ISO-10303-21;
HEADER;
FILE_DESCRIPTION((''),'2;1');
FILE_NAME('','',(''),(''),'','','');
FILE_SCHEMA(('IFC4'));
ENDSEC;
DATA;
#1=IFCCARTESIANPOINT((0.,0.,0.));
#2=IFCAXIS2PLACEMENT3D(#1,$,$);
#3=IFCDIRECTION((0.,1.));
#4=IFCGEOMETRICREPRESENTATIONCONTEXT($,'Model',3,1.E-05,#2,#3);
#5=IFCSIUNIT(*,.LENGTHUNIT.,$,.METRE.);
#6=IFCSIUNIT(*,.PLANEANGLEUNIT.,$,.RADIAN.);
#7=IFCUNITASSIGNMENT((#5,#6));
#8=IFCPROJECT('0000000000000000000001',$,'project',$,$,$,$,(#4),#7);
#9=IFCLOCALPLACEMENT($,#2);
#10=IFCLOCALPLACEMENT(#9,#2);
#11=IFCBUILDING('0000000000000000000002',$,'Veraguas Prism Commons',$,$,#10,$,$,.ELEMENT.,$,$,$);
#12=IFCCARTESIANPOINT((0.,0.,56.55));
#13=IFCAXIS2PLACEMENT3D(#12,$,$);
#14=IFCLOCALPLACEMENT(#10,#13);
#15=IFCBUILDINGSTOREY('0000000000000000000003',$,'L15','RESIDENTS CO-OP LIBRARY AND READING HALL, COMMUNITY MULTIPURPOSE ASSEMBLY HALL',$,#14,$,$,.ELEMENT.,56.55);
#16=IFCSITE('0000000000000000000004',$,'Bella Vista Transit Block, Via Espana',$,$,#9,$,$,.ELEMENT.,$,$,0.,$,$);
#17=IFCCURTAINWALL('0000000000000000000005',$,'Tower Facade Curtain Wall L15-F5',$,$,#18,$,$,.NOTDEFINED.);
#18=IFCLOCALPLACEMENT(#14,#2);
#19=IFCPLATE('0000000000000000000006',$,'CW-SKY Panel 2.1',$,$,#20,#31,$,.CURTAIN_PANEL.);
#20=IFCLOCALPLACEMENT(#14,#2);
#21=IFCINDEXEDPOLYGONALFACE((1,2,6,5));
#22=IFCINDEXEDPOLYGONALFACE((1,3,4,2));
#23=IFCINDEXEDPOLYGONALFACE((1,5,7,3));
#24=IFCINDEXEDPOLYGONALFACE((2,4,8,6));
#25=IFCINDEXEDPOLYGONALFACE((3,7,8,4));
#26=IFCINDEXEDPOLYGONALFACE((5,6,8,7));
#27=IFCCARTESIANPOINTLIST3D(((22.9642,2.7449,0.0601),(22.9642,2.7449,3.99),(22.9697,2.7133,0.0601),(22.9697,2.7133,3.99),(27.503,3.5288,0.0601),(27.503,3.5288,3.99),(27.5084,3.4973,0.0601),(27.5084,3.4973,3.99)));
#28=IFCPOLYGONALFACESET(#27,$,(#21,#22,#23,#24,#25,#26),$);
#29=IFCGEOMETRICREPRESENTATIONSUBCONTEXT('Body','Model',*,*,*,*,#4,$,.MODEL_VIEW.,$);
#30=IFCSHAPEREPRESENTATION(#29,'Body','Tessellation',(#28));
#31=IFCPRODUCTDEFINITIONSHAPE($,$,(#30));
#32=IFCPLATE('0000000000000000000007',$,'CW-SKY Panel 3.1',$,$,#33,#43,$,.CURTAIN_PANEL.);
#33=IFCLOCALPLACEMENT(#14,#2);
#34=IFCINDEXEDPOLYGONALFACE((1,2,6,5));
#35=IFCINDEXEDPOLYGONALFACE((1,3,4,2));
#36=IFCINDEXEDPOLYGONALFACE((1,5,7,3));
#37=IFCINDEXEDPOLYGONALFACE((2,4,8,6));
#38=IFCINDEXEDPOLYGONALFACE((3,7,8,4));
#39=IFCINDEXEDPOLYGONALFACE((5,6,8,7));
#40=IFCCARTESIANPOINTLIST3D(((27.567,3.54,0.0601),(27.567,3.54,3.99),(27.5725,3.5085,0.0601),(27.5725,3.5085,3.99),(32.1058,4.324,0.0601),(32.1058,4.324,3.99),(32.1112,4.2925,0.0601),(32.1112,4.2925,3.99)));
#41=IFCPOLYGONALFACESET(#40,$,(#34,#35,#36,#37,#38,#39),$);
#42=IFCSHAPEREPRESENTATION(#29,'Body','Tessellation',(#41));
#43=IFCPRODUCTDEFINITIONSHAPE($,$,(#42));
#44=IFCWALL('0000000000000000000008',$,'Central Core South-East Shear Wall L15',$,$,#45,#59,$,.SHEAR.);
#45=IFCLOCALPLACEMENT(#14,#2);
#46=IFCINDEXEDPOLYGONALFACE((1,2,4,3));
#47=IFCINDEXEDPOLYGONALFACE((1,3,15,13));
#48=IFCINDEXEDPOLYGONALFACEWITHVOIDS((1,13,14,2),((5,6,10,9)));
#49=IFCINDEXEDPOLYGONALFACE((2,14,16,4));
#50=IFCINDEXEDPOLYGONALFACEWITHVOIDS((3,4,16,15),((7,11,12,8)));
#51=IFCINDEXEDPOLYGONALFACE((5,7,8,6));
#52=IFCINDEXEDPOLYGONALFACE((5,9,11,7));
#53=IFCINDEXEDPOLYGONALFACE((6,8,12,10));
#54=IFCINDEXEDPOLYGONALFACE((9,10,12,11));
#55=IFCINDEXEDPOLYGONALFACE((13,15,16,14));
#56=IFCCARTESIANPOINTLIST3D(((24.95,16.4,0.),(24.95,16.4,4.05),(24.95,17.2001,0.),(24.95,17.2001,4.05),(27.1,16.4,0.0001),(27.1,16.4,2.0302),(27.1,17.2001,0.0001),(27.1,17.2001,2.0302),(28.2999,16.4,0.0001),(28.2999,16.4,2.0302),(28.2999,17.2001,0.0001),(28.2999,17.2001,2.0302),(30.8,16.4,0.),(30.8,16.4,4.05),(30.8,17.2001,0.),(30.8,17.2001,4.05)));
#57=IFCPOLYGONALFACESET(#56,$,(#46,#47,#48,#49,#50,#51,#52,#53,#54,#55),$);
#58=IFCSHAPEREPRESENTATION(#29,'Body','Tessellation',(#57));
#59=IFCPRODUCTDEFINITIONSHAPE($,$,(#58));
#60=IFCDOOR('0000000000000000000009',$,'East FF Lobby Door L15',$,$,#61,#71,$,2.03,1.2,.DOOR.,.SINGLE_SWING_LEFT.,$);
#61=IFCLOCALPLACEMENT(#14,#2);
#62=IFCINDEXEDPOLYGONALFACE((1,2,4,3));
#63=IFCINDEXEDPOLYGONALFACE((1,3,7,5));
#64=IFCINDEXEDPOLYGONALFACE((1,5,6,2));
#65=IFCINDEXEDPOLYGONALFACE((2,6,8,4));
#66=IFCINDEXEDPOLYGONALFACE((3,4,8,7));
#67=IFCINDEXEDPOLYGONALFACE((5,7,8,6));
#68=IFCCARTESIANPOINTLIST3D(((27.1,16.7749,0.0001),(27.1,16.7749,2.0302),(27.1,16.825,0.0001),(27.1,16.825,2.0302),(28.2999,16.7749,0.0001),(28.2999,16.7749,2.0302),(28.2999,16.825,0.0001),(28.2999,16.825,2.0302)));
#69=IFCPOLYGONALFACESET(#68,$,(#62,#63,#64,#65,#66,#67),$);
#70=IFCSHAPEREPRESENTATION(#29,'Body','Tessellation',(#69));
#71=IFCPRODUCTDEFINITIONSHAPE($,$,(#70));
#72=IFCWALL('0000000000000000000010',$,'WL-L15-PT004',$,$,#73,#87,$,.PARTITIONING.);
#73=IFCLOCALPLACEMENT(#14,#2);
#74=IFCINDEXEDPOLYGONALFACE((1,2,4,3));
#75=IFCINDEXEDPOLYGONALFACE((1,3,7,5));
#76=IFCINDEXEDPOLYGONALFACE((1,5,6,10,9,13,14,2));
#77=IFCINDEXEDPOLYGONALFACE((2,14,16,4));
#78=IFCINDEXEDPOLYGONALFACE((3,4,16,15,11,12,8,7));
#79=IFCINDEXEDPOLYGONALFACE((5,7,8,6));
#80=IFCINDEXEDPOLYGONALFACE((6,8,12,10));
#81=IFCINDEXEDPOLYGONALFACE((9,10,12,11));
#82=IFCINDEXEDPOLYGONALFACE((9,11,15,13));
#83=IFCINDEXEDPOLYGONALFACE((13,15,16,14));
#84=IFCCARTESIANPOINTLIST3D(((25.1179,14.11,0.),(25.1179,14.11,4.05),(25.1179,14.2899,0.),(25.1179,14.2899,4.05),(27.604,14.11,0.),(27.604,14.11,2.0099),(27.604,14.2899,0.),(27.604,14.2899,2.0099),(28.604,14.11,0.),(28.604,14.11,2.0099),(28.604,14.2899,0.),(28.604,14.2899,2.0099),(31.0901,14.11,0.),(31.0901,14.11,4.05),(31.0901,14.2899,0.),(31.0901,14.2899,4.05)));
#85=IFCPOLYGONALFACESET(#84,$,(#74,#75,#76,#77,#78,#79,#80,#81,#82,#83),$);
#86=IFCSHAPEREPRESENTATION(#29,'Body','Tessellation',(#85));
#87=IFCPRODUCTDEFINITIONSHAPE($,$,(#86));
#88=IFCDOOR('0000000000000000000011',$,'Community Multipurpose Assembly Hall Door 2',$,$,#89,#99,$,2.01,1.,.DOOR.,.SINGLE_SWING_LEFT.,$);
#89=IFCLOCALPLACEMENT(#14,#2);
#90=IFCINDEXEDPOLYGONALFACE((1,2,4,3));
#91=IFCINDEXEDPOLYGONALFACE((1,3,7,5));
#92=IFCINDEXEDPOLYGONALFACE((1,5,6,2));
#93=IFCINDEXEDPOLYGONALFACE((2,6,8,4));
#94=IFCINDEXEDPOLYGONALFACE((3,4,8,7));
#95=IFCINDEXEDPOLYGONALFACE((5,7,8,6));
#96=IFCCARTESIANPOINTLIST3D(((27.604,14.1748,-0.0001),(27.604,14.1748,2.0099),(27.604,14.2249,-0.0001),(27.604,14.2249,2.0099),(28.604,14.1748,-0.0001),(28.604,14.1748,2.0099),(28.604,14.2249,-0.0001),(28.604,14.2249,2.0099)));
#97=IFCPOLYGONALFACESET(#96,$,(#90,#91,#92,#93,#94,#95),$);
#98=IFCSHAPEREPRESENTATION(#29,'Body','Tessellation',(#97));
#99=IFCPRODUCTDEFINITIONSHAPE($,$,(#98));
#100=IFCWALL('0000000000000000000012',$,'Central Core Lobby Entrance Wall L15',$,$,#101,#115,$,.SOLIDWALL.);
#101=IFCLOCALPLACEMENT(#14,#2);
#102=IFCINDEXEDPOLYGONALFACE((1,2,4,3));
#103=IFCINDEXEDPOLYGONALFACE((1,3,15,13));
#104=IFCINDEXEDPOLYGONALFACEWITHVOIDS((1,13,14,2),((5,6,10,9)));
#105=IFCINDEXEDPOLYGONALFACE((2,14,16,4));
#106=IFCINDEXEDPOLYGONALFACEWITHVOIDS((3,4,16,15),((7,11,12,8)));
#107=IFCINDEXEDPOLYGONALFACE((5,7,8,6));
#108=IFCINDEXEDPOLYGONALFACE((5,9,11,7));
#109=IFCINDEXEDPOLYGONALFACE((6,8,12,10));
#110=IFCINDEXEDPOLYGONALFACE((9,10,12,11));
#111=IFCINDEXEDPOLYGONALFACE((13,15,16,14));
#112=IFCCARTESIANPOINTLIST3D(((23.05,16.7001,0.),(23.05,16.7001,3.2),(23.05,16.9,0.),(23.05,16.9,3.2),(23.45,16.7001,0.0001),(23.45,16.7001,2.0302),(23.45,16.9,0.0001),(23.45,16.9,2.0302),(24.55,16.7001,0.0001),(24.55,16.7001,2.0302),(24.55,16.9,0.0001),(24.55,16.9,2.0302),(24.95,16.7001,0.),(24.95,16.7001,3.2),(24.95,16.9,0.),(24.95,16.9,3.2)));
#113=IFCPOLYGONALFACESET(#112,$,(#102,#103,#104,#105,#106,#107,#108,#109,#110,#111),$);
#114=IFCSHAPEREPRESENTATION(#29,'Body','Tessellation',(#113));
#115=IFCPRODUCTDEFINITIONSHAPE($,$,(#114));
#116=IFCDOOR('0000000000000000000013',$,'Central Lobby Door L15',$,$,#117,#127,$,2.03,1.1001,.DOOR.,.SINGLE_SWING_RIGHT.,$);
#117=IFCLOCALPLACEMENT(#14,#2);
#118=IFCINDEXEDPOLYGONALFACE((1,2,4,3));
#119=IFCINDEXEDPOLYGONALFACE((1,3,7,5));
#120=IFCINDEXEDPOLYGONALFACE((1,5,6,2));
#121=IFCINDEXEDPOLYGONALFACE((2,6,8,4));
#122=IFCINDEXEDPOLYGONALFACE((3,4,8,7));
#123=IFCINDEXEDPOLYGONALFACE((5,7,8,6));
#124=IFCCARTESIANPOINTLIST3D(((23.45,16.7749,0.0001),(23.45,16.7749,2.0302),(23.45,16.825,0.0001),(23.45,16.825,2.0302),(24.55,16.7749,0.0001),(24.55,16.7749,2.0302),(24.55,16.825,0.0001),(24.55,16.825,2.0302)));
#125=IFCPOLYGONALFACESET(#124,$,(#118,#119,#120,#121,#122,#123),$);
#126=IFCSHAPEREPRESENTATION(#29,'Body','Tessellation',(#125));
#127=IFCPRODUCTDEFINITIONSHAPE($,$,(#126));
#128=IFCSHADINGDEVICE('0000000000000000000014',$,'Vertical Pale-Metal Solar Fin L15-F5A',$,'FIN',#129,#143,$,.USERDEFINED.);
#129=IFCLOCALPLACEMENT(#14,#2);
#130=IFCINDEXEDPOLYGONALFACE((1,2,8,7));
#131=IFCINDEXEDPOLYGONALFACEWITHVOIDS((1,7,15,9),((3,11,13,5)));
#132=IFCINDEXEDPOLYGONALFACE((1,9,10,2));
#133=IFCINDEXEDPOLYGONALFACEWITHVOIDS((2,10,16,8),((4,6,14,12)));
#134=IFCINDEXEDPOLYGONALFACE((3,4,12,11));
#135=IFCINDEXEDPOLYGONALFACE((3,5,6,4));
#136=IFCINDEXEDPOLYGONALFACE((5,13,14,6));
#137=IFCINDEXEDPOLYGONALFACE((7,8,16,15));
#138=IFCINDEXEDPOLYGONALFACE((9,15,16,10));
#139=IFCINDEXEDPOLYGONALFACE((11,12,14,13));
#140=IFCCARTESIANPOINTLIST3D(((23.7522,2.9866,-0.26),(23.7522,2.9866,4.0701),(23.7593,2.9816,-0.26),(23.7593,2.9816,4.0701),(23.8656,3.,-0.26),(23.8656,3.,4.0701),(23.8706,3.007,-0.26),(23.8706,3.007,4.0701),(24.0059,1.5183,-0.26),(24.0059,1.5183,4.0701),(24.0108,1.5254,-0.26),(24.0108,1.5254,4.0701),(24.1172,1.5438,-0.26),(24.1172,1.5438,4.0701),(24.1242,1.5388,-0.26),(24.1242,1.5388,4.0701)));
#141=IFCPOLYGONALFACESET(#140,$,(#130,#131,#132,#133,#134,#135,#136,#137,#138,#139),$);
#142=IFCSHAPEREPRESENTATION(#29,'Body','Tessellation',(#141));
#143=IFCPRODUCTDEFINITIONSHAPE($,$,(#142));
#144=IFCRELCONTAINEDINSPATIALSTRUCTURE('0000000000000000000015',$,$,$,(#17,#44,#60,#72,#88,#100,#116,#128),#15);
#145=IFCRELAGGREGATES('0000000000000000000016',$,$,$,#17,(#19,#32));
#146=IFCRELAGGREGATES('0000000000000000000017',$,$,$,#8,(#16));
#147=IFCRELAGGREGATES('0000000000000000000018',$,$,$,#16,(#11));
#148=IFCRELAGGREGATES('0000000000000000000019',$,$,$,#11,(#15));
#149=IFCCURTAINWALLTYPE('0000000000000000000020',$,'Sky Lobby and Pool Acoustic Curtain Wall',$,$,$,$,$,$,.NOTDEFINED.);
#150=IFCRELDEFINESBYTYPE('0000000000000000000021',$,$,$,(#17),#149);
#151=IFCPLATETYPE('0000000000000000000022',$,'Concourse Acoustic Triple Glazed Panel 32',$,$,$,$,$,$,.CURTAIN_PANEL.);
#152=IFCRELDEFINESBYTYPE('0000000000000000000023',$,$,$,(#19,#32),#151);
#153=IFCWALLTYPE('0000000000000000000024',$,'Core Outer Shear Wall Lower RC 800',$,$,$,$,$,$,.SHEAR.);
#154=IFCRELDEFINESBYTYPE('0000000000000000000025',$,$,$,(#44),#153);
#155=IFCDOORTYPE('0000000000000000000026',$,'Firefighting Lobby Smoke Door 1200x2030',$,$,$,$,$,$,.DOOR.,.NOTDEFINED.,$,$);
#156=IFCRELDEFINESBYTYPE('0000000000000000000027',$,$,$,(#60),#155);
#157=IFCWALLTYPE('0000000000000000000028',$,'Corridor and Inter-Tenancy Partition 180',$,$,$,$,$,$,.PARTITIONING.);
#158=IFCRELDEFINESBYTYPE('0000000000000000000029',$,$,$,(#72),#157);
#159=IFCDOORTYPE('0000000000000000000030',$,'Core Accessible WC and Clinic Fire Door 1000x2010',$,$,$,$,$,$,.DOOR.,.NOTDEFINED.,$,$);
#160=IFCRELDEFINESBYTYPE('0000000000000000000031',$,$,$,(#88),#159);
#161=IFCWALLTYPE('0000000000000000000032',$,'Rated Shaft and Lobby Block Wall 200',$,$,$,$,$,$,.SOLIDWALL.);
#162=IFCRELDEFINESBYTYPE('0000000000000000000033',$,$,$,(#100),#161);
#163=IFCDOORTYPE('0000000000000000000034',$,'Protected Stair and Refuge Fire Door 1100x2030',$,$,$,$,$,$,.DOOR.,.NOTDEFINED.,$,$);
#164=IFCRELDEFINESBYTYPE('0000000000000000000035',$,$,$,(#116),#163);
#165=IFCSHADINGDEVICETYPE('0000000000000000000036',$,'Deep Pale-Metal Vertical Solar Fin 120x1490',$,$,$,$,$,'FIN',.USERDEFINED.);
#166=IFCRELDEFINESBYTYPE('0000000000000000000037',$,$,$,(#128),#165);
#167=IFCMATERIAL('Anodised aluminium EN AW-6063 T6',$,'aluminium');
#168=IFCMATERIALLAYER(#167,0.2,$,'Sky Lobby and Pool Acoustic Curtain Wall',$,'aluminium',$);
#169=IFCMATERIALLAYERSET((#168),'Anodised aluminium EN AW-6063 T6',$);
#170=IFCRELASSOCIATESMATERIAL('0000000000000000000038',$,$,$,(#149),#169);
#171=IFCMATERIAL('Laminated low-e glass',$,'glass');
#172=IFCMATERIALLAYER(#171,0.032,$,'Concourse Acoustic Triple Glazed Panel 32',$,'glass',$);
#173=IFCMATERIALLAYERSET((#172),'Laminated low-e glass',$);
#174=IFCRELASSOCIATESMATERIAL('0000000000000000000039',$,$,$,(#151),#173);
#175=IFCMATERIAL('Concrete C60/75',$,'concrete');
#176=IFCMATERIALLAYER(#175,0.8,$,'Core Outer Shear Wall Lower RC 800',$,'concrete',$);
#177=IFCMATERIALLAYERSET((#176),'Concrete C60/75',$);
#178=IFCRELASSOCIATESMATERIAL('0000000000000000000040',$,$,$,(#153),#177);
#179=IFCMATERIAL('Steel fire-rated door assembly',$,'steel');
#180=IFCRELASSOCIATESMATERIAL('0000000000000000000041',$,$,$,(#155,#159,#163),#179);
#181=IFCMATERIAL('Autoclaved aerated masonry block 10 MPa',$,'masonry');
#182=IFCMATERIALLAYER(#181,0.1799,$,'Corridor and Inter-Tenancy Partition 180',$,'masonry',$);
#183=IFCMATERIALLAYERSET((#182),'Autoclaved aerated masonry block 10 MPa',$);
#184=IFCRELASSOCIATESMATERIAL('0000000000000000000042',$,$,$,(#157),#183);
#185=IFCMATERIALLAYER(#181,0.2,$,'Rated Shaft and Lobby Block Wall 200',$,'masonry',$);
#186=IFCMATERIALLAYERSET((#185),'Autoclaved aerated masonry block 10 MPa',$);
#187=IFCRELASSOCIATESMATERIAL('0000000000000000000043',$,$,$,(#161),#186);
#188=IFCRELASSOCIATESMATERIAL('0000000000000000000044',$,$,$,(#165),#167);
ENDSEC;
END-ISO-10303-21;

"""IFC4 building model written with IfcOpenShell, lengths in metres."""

from ifc_helpers import new_model, si_unit, direction, frame, frame_2d, origin, origin_2d, place, context, subcontext, project, spatial, rectangle, hollow_rectangle, extrude, source, transform, mapped, material, layer, layer_set, material_profile, profile_set, type_object, element, fill, aggregate, save


model = new_model("IFC4")

# Units and contexts
model_context = context("Model", 3, precision=1e-05, world=origin(), true_north=direction((0.0, 1.0)))
body_context = subcontext(model_context, "Body", "Model", "MODEL_VIEW")
ifc_project = project(units=[si_unit("LENGTHUNIT", "METRE"), si_unit("PLANEANGLEUNIT", "RADIAN")], contexts=[model_context])

# Site, building, storey
site_placement = place(None, origin())
site = spatial("IfcSite", under=ifc_project, at=site_placement, Name="Bella Vista Transit Block, Via Espana", CompositionType="ELEMENT", RefElevation=0.0)
building_placement = place(site_placement, origin())
building = spatial("IfcBuilding", under=site, at=building_placement, Name="Veraguas Prism Commons", CompositionType="ELEMENT")
storey_placement = place(building_placement, frame((0.0, 0.0, 56.55)))
storey = spatial("IfcBuildingStorey", under=building, at=storey_placement, Name="L15", Description="RESIDENTS CO-OP LIBRARY AND READING HALL, COMMUNITY MULTIPURPOSE ASSEMBLY HALL", CompositionType="ELEMENT", Elevation=56.55)

# Shared definitions
ifc_material_1 = material(Name="Concrete C60/75", Category="concrete")

# Curtain wall, plates
ifc_material_2 = material(Name="Anodised aluminium EN AW-6063 T6", Category="aluminium")
ifc_layer_1 = layer(ifc_material_2, 0.2, Name="Sky Lobby and Pool Acoustic Curtain Wall", Category="aluminium")
ifc_layer_set_1 = layer_set([ifc_layer_1], Name="Anodised aluminium EN AW-6063 T6")
curtain_wall_type = type_object("IfcCurtainWallType", Name="Sky Lobby and Pool Acoustic Curtain Wall", PredefinedType="NOTDEFINED", material=ifc_layer_set_1)
curtain_wall_placement = place(storey_placement, origin())
curtain_wall = element("IfcCurtainWall", 1, at=curtain_wall_placement, inside=storey, type_object=curtain_wall_type, Name="Tower Facade Curtain Wall L15-F5", PredefinedType="NOTDEFINED")
ifc_material_3 = material(Name="Laminated low-e glass", Category="glass")
ifc_layer_2 = layer(ifc_material_3, 0.032, Name="Concourse Acoustic Triple Glazed Panel 32", Category="glass")
ifc_layer_set_2 = layer_set([ifc_layer_2], Name="Laminated low-e glass")
plate_type = type_object("IfcPlateType", Name="Concourse Acoustic Triple Glazed Panel 32", PredefinedType="CURTAIN_PANEL", material=ifc_layer_set_2)
shared_shape_1 = source(origin(), body_context, "Body", "SweptSolid", [
    extrude(rectangle(XDim=4.606, YDim=0.032, at=origin_2d()), origin(), (0.0, 0.0, 1.0), 3.9299),
])
plate_1_placement = place(storey_placement, frame((25.2363, 3.1211, 0.0601), z_axis=(0.0, 0.0, 1.0), x_axis=(0.985408, 0.170209, 0.0)))
plate_1 = element("IfcPlate", 2, at=plate_1_placement, type_object=plate_type, Name="CW-SKY Panel 2.1", PredefinedType="CURTAIN_PANEL", context=body_context, shape_type="MappedRepresentation", body=[
    mapped(shared_shape_1, transform((0.0, 0.0, 0.0), scale=1.0)),
])
plate_2_placement = place(storey_placement, frame((29.8391, 3.9163, 0.0601), z_axis=(0.0, 0.0, 1.0), x_axis=(0.985408, 0.170209, 0.0)))
plate_2 = element("IfcPlate", 3, at=plate_2_placement, type_object=plate_type, Name="CW-SKY Panel 3.1", PredefinedType="CURTAIN_PANEL", context=body_context, shape_type="MappedRepresentation", body=[
    mapped(shared_shape_1, transform((0.0, 0.0, 0.0), scale=1.0)),
])
aggregate(curtain_wall, [plate_1, plate_2])

# Walls, openings, doors
ifc_layer_3 = layer(ifc_material_1, 0.8, Name="Core Outer Shear Wall Lower RC 800", Category="concrete")
ifc_layer_set_3 = layer_set([ifc_layer_3], Name="Concrete C60/75")
wall_type_1 = type_object("IfcWallType", Name="Core Outer Shear Wall Lower RC 800", PredefinedType="SHEAR", material=ifc_layer_set_3)
wall_1_placement = place(storey_placement, frame((24.95, 16.8, 0.0), z_axis=(0.0, 0.0, 1.0), x_axis=(1.0, 0.0, 0.0)))
wall_1 = element("IfcWall", 4, at=wall_1_placement, inside=storey, type_object=wall_type_1, Name="Central Core South-East Shear Wall L15", PredefinedType="SHEAR", context=body_context, shape_type="SweptSolid", body=[
    extrude(rectangle(XDim=5.8501, YDim=0.8, at=frame_2d((2.925, 0.0))), origin(), (0.0, 0.0, 1.0), 4.05),
])
opening_1_placement = place(wall_1_placement, frame((2.1499, 0.0, 0.0)))
opening_1 = element("IfcOpeningElement", 5, at=opening_1_placement, cuts=wall_1, PredefinedType="OPENING", context=body_context, shape_type="SweptSolid", body=[
    extrude(rectangle(XDim=1.2, YDim=2.03, at=frame_2d((0.6001, 1.0151))), frame((0.0, 0.4099, 0.0), z_axis=(0.0, -1.0, 0.0), x_axis=(1.0, 0.0, 0.0)), (0.0, 0.0, 1.0), 0.8201),
])
ifc_material_4 = material(Name="Steel fire-rated door assembly", Category="steel")
door_type_1 = type_object("IfcDoorType", Name="Firefighting Lobby Smoke Door 1200x2030", OperationType="NOTDEFINED", PredefinedType="DOOR", material=ifc_material_4)
shared_shape_2 = source(origin(), body_context, "Body", "SweptSolid", [
    extrude(rectangle(XDim=1.2, YDim=2.03, at=frame_2d((0.6001, 1.0151))), frame((0.0, 0.0249, 0.0), z_axis=(0.0, -1.0, 0.0), x_axis=(1.0, 0.0, 0.0)), (0.0, 0.0, 1.0), 0.05),
])
door_1_placement = place(opening_1_placement, origin())
door_1 = element("IfcDoor", 6, at=door_1_placement, inside=storey, type_object=door_type_1, Name="East FF Lobby Door L15", OperationType="SINGLE_SWING_LEFT", OverallHeight=2.03, OverallWidth=1.2, PredefinedType="DOOR", context=body_context, shape_type="MappedRepresentation", body=[
    mapped(shared_shape_2, transform((0.0, 0.0, 0.0), scale=1.0)),
])
fill(opening_1, door_1)
ifc_material_5 = material(Name="Autoclaved aerated masonry block 10 MPa", Category="masonry")
ifc_layer_4 = layer(ifc_material_5, 0.1799, Name="Corridor and Inter-Tenancy Partition 180", Category="masonry")
ifc_layer_set_4 = layer_set([ifc_layer_4], Name="Autoclaved aerated masonry block 10 MPa")
wall_type_2 = type_object("IfcWallType", Name="Corridor and Inter-Tenancy Partition 180", PredefinedType="PARTITIONING", material=ifc_layer_set_4)
wall_2_placement = place(storey_placement, frame((25.1179, 14.2, 0.0), z_axis=(0.0, 0.0, 1.0), x_axis=(1.0, 0.0, 0.0)))
wall_2 = element("IfcWall", 7, at=wall_2_placement, inside=storey, type_object=wall_type_2, Name="WL-L15-PT004", PredefinedType="PARTITIONING", context=body_context, shape_type="SweptSolid", body=[
    extrude(rectangle(XDim=5.9722, YDim=0.1799, at=frame_2d((2.9861, 0.0))), origin(), (0.0, 0.0, 1.0), 4.05),
])
opening_2_placement = place(wall_2_placement, frame((2.4861, 0.0, 0.0)))
opening_2 = element("IfcOpeningElement", 8, at=opening_2_placement, cuts=wall_2, PredefinedType="OPENING", context=body_context, shape_type="SweptSolid", body=[
    extrude(rectangle(XDim=1.0, YDim=2.01, at=frame_2d((0.5, 1.0049))), frame((0.0, 0.0999, 0.0), z_axis=(0.0, -1.0, 0.0), x_axis=(1.0, 0.0, 0.0)), (0.0, 0.0, 1.0), 0.2),
])
door_type_2 = type_object("IfcDoorType", Name="Core Accessible WC and Clinic Fire Door 1000x2010", OperationType="NOTDEFINED", PredefinedType="DOOR", material=ifc_material_4)
shared_shape_3 = source(origin(), body_context, "Body", "SweptSolid", [
    extrude(rectangle(XDim=1.0, YDim=2.01, at=frame_2d((0.5, 1.0049))), frame((0.0, 0.0249, 0.0), z_axis=(0.0, -1.0, 0.0), x_axis=(1.0, 0.0, 0.0)), (0.0, 0.0, 1.0), 0.05),
])
door_2_placement = place(opening_2_placement, origin())
door_2 = element("IfcDoor", 9, at=door_2_placement, inside=storey, type_object=door_type_2, Name="Community Multipurpose Assembly Hall Door 2", OperationType="SINGLE_SWING_LEFT", OverallHeight=2.01, OverallWidth=1.0, PredefinedType="DOOR", context=body_context, shape_type="MappedRepresentation", body=[
    mapped(shared_shape_3, transform((0.0, 0.0, 0.0), scale=1.0)),
])
fill(opening_2, door_2)
ifc_layer_5 = layer(ifc_material_5, 0.2, Name="Rated Shaft and Lobby Block Wall 200", Category="masonry")
ifc_layer_set_5 = layer_set([ifc_layer_5], Name="Autoclaved aerated masonry block 10 MPa")
wall_type_3 = type_object("IfcWallType", Name="Rated Shaft and Lobby Block Wall 200", PredefinedType="SOLIDWALL", material=ifc_layer_set_5)
wall_3_placement = place(storey_placement, frame((23.05, 16.8, 0.0), z_axis=(0.0, 0.0, 1.0), x_axis=(1.0, 0.0, 0.0)))
wall_3 = element("IfcWall", 10, at=wall_3_placement, inside=storey, type_object=wall_type_3, Name="Central Core Lobby Entrance Wall L15", PredefinedType="SOLIDWALL", context=body_context, shape_type="SweptSolid", body=[
    extrude(rectangle(XDim=1.8999, YDim=0.2, at=frame_2d((0.95, 0.0))), origin(), (0.0, 0.0, 1.0), 3.2),
])
opening_3_placement = place(wall_3_placement, frame((0.3999, 0.0, 0.0)))
opening_3 = element("IfcOpeningElement", 11, at=opening_3_placement, cuts=wall_3, PredefinedType="OPENING", context=body_context, shape_type="SweptSolid", body=[
    extrude(rectangle(XDim=1.1001, YDim=2.03, at=frame_2d((0.55, 1.0151))), frame((0.0, 0.1099, 0.0), z_axis=(0.0, -1.0, 0.0), x_axis=(1.0, 0.0, 0.0)), (0.0, 0.0, 1.0), 0.22),
])
door_type_3 = type_object("IfcDoorType", Name="Protected Stair and Refuge Fire Door 1100x2030", OperationType="NOTDEFINED", PredefinedType="DOOR", material=ifc_material_4)
shared_shape_4 = source(origin(), body_context, "Body", "SweptSolid", [
    extrude(rectangle(XDim=1.1001, YDim=2.03, at=frame_2d((0.55, 1.0151))), frame((0.0, 0.0249, 0.0), z_axis=(0.0, -1.0, 0.0), x_axis=(1.0, 0.0, 0.0)), (0.0, 0.0, 1.0), 0.05),
])
door_3_placement = place(opening_3_placement, origin())
door_3 = element("IfcDoor", 12, at=door_3_placement, inside=storey, type_object=door_type_3, Name="Central Lobby Door L15", OperationType="SINGLE_SWING_RIGHT", OverallHeight=2.03, OverallWidth=1.1001, PredefinedType="DOOR", context=body_context, shape_type="MappedRepresentation", body=[
    mapped(shared_shape_4, transform((0.0, 0.0, 0.0), scale=1.0)),
])
fill(opening_3, door_3)

# Shading device
ifc_material_profile_1 = material_profile(ifc_material_2, hollow_rectangle(XDim=0.1201, YDim=1.49, WallThickness=0.0061, at=origin_2d()), Name="FIN120X1490X6")
ifc_profile_set_1 = profile_set([ifc_material_profile_1], Name="Anodised aluminium EN AW-6063 T6")
shading_device_type = type_object("IfcShadingDeviceType", Name="Deep Pale-Metal Vertical Solar Fin 120x1490", ElementType="FIN", PredefinedType="USERDEFINED", material=ifc_profile_set_1)
shading_device_placement = place(storey_placement, frame((23.9382, 2.2627, -0.26), z_axis=(0.0, 0.0, 1.0), x_axis=(0.985408, 0.170209, 0.0)))
element("IfcShadingDevice", 13, at=shading_device_placement, inside=storey, type_object=shading_device_type, Name="Vertical Pale-Metal Solar Fin L15-F5A", ObjectType="FIN", PredefinedType="USERDEFINED", context=body_context, shape_type="SweptSolid", body=[
    extrude(hollow_rectangle(XDim=0.1201, YDim=1.49, WallThickness=0.0061, at=origin_2d()), origin(), (0.0, 0.0, 1.0), 4.3301),
])

save(model, "model.ifc")
